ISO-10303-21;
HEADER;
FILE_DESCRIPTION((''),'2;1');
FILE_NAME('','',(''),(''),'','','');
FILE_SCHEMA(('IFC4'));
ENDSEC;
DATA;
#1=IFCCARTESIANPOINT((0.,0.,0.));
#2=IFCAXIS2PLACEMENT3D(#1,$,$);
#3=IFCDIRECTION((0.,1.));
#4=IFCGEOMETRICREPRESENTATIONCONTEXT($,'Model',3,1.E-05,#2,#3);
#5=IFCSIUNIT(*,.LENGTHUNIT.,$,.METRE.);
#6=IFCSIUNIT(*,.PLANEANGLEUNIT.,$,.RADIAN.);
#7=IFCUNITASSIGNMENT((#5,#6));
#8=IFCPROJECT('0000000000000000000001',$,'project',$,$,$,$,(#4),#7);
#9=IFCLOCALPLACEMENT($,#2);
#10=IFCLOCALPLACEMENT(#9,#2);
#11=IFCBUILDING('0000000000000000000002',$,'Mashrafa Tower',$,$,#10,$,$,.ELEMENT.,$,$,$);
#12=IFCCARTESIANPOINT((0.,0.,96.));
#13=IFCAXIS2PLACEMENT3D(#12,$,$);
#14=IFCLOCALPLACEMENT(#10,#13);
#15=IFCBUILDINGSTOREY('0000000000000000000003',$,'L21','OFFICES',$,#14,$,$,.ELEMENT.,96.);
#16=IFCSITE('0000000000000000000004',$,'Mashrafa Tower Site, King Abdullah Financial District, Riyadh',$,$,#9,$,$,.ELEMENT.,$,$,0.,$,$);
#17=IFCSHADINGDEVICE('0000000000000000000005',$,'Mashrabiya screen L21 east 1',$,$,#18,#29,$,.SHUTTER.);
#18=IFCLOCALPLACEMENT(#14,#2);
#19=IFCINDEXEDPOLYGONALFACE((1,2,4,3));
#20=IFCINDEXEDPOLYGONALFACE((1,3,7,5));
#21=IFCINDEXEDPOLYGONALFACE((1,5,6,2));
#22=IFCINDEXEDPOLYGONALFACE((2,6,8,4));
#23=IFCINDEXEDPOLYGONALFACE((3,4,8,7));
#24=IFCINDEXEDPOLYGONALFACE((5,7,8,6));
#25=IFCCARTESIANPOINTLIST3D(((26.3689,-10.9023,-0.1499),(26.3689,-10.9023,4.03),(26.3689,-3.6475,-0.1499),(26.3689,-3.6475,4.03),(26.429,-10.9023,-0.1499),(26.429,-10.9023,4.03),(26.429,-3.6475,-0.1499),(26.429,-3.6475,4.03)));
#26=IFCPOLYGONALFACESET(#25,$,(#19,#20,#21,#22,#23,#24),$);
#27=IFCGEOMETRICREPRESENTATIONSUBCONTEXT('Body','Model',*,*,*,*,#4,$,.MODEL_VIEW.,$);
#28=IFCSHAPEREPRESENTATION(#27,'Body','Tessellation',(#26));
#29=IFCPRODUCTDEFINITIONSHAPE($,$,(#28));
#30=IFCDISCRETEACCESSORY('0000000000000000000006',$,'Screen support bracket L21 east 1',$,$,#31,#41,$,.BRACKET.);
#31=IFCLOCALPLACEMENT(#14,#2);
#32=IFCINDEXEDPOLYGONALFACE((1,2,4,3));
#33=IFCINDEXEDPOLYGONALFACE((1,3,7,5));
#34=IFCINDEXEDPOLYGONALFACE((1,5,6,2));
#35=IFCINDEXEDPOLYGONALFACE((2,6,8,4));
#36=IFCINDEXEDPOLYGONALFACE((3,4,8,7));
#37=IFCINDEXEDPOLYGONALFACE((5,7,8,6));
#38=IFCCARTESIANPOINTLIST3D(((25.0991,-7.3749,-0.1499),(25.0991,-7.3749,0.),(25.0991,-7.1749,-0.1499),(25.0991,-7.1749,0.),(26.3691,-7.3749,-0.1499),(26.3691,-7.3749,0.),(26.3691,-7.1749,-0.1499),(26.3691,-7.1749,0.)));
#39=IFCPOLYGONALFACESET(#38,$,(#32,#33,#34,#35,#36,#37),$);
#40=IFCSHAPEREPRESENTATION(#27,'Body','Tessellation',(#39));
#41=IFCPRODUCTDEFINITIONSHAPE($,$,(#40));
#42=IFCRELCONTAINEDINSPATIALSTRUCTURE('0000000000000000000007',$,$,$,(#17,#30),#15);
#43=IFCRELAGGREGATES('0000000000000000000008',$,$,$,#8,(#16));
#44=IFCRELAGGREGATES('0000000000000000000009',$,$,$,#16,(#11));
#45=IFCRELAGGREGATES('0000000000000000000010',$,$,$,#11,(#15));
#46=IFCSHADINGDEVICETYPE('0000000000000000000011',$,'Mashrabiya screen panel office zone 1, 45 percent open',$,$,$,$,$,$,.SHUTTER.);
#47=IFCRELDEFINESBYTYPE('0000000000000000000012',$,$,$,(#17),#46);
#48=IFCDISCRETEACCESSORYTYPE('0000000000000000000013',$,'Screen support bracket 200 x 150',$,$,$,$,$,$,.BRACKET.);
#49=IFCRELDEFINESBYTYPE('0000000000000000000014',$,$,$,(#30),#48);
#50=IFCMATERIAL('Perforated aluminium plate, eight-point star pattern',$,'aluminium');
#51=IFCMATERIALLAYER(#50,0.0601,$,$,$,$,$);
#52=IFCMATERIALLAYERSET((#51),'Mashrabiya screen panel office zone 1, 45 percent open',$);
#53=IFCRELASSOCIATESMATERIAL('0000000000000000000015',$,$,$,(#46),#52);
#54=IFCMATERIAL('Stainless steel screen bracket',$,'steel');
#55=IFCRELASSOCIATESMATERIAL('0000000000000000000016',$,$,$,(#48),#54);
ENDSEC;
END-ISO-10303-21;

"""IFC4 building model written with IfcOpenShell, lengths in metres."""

from ifc_helpers import new_model, si_unit, direction, frame, origin, origin_2d, place, context, subcontext, project, spatial, rectangle, extrude, source, transform, mapped, material, layer, layer_set, type_object, type_shapes, element, save


model = new_model("IFC4")

# Units and contexts
model_context = context("Model", 3, precision=1e-05, world=origin(), true_north=direction((0.0, 1.0)))
body_context = subcontext(model_context, "Body", "Model", "MODEL_VIEW")
ifc_project = project(units=[si_unit("LENGTHUNIT", "METRE"), si_unit("PLANEANGLEUNIT", "RADIAN")], contexts=[model_context])

# Site, building, storey
site_placement = place(None, origin())
site = spatial("IfcSite", under=ifc_project, at=site_placement, Name="Mashrafa Tower Site, King Abdullah Financial District, Riyadh", CompositionType="ELEMENT", RefElevation=0.0)
building_placement = place(site_placement, origin())
building = spatial("IfcBuilding", under=site, at=building_placement, Name="Mashrafa Tower", CompositionType="ELEMENT")
storey_placement = place(building_placement, frame((0.0, 0.0, 96.0)))
storey = spatial("IfcBuildingStorey", under=building, at=storey_placement, Name="L21", Description="OFFICES", CompositionType="ELEMENT", Elevation=96.0)

# Shading device
ifc_material_1 = material(Name="Perforated aluminium plate, eight-point star pattern", Category="aluminium")
ifc_layer_1 = layer(ifc_material_1, 0.0601)
ifc_layer_set_1 = layer_set([ifc_layer_1], Name="Mashrabiya screen panel office zone 1, 45 percent open")
shading_device_type = type_object("IfcShadingDeviceType", Name="Mashrabiya screen panel office zone 1, 45 percent open", PredefinedType="SHUTTER", material=ifc_layer_set_1)
shared_shape_1 = source(origin(), body_context, "Body", "SweptSolid", [
    extrude(rectangle(XDim=7.2549, YDim=0.0601, at=origin_2d()), origin(), (0.0, 0.0, 1.0), 4.1799),
])
type_shapes(shading_device_type, [shared_shape_1])
shading_device_placement = place(storey_placement, frame((26.3989, -7.2749, -0.1499), z_axis=(0.0, 0.0, 1.0), x_axis=(0.0, 1.0, 0.0)))
element("IfcShadingDevice", 1, at=shading_device_placement, inside=storey, type_object=shading_device_type, Name="Mashrabiya screen L21 east 1", PredefinedType="SHUTTER", context=body_context, shape_type="MappedRepresentation", body=[
    mapped(shared_shape_1, transform((0.0, 0.0, 0.0))),
])

# Discrete accessory
ifc_material_2 = material(Name="Stainless steel screen bracket", Category="steel")
discrete_accessory_type = type_object("IfcDiscreteAccessoryType", Name="Screen support bracket 200 x 150", PredefinedType="BRACKET", material=ifc_material_2)
shared_shape_2 = source(origin(), body_context, "Body", "SweptSolid", [
    extrude(rectangle(XDim=0.2, YDim=1.27, at=origin_2d()), origin(), (0.0, 0.0, 1.0), 0.1499),
])
type_shapes(discrete_accessory_type, [shared_shape_2])
discrete_accessory_placement = place(storey_placement, frame((25.7341, -7.2749, -0.1499), z_axis=(0.0, 0.0, 1.0), x_axis=(0.0, 1.0, 0.0)))
element("IfcDiscreteAccessory", 2, at=discrete_accessory_placement, inside=storey, type_object=discrete_accessory_type, Name="Screen support bracket L21 east 1", PredefinedType="BRACKET", context=body_context, shape_type="MappedRepresentation", body=[
    mapped(shared_shape_2, transform((0.0, 0.0, 0.0))),
])

save(model, "model.ifc")
